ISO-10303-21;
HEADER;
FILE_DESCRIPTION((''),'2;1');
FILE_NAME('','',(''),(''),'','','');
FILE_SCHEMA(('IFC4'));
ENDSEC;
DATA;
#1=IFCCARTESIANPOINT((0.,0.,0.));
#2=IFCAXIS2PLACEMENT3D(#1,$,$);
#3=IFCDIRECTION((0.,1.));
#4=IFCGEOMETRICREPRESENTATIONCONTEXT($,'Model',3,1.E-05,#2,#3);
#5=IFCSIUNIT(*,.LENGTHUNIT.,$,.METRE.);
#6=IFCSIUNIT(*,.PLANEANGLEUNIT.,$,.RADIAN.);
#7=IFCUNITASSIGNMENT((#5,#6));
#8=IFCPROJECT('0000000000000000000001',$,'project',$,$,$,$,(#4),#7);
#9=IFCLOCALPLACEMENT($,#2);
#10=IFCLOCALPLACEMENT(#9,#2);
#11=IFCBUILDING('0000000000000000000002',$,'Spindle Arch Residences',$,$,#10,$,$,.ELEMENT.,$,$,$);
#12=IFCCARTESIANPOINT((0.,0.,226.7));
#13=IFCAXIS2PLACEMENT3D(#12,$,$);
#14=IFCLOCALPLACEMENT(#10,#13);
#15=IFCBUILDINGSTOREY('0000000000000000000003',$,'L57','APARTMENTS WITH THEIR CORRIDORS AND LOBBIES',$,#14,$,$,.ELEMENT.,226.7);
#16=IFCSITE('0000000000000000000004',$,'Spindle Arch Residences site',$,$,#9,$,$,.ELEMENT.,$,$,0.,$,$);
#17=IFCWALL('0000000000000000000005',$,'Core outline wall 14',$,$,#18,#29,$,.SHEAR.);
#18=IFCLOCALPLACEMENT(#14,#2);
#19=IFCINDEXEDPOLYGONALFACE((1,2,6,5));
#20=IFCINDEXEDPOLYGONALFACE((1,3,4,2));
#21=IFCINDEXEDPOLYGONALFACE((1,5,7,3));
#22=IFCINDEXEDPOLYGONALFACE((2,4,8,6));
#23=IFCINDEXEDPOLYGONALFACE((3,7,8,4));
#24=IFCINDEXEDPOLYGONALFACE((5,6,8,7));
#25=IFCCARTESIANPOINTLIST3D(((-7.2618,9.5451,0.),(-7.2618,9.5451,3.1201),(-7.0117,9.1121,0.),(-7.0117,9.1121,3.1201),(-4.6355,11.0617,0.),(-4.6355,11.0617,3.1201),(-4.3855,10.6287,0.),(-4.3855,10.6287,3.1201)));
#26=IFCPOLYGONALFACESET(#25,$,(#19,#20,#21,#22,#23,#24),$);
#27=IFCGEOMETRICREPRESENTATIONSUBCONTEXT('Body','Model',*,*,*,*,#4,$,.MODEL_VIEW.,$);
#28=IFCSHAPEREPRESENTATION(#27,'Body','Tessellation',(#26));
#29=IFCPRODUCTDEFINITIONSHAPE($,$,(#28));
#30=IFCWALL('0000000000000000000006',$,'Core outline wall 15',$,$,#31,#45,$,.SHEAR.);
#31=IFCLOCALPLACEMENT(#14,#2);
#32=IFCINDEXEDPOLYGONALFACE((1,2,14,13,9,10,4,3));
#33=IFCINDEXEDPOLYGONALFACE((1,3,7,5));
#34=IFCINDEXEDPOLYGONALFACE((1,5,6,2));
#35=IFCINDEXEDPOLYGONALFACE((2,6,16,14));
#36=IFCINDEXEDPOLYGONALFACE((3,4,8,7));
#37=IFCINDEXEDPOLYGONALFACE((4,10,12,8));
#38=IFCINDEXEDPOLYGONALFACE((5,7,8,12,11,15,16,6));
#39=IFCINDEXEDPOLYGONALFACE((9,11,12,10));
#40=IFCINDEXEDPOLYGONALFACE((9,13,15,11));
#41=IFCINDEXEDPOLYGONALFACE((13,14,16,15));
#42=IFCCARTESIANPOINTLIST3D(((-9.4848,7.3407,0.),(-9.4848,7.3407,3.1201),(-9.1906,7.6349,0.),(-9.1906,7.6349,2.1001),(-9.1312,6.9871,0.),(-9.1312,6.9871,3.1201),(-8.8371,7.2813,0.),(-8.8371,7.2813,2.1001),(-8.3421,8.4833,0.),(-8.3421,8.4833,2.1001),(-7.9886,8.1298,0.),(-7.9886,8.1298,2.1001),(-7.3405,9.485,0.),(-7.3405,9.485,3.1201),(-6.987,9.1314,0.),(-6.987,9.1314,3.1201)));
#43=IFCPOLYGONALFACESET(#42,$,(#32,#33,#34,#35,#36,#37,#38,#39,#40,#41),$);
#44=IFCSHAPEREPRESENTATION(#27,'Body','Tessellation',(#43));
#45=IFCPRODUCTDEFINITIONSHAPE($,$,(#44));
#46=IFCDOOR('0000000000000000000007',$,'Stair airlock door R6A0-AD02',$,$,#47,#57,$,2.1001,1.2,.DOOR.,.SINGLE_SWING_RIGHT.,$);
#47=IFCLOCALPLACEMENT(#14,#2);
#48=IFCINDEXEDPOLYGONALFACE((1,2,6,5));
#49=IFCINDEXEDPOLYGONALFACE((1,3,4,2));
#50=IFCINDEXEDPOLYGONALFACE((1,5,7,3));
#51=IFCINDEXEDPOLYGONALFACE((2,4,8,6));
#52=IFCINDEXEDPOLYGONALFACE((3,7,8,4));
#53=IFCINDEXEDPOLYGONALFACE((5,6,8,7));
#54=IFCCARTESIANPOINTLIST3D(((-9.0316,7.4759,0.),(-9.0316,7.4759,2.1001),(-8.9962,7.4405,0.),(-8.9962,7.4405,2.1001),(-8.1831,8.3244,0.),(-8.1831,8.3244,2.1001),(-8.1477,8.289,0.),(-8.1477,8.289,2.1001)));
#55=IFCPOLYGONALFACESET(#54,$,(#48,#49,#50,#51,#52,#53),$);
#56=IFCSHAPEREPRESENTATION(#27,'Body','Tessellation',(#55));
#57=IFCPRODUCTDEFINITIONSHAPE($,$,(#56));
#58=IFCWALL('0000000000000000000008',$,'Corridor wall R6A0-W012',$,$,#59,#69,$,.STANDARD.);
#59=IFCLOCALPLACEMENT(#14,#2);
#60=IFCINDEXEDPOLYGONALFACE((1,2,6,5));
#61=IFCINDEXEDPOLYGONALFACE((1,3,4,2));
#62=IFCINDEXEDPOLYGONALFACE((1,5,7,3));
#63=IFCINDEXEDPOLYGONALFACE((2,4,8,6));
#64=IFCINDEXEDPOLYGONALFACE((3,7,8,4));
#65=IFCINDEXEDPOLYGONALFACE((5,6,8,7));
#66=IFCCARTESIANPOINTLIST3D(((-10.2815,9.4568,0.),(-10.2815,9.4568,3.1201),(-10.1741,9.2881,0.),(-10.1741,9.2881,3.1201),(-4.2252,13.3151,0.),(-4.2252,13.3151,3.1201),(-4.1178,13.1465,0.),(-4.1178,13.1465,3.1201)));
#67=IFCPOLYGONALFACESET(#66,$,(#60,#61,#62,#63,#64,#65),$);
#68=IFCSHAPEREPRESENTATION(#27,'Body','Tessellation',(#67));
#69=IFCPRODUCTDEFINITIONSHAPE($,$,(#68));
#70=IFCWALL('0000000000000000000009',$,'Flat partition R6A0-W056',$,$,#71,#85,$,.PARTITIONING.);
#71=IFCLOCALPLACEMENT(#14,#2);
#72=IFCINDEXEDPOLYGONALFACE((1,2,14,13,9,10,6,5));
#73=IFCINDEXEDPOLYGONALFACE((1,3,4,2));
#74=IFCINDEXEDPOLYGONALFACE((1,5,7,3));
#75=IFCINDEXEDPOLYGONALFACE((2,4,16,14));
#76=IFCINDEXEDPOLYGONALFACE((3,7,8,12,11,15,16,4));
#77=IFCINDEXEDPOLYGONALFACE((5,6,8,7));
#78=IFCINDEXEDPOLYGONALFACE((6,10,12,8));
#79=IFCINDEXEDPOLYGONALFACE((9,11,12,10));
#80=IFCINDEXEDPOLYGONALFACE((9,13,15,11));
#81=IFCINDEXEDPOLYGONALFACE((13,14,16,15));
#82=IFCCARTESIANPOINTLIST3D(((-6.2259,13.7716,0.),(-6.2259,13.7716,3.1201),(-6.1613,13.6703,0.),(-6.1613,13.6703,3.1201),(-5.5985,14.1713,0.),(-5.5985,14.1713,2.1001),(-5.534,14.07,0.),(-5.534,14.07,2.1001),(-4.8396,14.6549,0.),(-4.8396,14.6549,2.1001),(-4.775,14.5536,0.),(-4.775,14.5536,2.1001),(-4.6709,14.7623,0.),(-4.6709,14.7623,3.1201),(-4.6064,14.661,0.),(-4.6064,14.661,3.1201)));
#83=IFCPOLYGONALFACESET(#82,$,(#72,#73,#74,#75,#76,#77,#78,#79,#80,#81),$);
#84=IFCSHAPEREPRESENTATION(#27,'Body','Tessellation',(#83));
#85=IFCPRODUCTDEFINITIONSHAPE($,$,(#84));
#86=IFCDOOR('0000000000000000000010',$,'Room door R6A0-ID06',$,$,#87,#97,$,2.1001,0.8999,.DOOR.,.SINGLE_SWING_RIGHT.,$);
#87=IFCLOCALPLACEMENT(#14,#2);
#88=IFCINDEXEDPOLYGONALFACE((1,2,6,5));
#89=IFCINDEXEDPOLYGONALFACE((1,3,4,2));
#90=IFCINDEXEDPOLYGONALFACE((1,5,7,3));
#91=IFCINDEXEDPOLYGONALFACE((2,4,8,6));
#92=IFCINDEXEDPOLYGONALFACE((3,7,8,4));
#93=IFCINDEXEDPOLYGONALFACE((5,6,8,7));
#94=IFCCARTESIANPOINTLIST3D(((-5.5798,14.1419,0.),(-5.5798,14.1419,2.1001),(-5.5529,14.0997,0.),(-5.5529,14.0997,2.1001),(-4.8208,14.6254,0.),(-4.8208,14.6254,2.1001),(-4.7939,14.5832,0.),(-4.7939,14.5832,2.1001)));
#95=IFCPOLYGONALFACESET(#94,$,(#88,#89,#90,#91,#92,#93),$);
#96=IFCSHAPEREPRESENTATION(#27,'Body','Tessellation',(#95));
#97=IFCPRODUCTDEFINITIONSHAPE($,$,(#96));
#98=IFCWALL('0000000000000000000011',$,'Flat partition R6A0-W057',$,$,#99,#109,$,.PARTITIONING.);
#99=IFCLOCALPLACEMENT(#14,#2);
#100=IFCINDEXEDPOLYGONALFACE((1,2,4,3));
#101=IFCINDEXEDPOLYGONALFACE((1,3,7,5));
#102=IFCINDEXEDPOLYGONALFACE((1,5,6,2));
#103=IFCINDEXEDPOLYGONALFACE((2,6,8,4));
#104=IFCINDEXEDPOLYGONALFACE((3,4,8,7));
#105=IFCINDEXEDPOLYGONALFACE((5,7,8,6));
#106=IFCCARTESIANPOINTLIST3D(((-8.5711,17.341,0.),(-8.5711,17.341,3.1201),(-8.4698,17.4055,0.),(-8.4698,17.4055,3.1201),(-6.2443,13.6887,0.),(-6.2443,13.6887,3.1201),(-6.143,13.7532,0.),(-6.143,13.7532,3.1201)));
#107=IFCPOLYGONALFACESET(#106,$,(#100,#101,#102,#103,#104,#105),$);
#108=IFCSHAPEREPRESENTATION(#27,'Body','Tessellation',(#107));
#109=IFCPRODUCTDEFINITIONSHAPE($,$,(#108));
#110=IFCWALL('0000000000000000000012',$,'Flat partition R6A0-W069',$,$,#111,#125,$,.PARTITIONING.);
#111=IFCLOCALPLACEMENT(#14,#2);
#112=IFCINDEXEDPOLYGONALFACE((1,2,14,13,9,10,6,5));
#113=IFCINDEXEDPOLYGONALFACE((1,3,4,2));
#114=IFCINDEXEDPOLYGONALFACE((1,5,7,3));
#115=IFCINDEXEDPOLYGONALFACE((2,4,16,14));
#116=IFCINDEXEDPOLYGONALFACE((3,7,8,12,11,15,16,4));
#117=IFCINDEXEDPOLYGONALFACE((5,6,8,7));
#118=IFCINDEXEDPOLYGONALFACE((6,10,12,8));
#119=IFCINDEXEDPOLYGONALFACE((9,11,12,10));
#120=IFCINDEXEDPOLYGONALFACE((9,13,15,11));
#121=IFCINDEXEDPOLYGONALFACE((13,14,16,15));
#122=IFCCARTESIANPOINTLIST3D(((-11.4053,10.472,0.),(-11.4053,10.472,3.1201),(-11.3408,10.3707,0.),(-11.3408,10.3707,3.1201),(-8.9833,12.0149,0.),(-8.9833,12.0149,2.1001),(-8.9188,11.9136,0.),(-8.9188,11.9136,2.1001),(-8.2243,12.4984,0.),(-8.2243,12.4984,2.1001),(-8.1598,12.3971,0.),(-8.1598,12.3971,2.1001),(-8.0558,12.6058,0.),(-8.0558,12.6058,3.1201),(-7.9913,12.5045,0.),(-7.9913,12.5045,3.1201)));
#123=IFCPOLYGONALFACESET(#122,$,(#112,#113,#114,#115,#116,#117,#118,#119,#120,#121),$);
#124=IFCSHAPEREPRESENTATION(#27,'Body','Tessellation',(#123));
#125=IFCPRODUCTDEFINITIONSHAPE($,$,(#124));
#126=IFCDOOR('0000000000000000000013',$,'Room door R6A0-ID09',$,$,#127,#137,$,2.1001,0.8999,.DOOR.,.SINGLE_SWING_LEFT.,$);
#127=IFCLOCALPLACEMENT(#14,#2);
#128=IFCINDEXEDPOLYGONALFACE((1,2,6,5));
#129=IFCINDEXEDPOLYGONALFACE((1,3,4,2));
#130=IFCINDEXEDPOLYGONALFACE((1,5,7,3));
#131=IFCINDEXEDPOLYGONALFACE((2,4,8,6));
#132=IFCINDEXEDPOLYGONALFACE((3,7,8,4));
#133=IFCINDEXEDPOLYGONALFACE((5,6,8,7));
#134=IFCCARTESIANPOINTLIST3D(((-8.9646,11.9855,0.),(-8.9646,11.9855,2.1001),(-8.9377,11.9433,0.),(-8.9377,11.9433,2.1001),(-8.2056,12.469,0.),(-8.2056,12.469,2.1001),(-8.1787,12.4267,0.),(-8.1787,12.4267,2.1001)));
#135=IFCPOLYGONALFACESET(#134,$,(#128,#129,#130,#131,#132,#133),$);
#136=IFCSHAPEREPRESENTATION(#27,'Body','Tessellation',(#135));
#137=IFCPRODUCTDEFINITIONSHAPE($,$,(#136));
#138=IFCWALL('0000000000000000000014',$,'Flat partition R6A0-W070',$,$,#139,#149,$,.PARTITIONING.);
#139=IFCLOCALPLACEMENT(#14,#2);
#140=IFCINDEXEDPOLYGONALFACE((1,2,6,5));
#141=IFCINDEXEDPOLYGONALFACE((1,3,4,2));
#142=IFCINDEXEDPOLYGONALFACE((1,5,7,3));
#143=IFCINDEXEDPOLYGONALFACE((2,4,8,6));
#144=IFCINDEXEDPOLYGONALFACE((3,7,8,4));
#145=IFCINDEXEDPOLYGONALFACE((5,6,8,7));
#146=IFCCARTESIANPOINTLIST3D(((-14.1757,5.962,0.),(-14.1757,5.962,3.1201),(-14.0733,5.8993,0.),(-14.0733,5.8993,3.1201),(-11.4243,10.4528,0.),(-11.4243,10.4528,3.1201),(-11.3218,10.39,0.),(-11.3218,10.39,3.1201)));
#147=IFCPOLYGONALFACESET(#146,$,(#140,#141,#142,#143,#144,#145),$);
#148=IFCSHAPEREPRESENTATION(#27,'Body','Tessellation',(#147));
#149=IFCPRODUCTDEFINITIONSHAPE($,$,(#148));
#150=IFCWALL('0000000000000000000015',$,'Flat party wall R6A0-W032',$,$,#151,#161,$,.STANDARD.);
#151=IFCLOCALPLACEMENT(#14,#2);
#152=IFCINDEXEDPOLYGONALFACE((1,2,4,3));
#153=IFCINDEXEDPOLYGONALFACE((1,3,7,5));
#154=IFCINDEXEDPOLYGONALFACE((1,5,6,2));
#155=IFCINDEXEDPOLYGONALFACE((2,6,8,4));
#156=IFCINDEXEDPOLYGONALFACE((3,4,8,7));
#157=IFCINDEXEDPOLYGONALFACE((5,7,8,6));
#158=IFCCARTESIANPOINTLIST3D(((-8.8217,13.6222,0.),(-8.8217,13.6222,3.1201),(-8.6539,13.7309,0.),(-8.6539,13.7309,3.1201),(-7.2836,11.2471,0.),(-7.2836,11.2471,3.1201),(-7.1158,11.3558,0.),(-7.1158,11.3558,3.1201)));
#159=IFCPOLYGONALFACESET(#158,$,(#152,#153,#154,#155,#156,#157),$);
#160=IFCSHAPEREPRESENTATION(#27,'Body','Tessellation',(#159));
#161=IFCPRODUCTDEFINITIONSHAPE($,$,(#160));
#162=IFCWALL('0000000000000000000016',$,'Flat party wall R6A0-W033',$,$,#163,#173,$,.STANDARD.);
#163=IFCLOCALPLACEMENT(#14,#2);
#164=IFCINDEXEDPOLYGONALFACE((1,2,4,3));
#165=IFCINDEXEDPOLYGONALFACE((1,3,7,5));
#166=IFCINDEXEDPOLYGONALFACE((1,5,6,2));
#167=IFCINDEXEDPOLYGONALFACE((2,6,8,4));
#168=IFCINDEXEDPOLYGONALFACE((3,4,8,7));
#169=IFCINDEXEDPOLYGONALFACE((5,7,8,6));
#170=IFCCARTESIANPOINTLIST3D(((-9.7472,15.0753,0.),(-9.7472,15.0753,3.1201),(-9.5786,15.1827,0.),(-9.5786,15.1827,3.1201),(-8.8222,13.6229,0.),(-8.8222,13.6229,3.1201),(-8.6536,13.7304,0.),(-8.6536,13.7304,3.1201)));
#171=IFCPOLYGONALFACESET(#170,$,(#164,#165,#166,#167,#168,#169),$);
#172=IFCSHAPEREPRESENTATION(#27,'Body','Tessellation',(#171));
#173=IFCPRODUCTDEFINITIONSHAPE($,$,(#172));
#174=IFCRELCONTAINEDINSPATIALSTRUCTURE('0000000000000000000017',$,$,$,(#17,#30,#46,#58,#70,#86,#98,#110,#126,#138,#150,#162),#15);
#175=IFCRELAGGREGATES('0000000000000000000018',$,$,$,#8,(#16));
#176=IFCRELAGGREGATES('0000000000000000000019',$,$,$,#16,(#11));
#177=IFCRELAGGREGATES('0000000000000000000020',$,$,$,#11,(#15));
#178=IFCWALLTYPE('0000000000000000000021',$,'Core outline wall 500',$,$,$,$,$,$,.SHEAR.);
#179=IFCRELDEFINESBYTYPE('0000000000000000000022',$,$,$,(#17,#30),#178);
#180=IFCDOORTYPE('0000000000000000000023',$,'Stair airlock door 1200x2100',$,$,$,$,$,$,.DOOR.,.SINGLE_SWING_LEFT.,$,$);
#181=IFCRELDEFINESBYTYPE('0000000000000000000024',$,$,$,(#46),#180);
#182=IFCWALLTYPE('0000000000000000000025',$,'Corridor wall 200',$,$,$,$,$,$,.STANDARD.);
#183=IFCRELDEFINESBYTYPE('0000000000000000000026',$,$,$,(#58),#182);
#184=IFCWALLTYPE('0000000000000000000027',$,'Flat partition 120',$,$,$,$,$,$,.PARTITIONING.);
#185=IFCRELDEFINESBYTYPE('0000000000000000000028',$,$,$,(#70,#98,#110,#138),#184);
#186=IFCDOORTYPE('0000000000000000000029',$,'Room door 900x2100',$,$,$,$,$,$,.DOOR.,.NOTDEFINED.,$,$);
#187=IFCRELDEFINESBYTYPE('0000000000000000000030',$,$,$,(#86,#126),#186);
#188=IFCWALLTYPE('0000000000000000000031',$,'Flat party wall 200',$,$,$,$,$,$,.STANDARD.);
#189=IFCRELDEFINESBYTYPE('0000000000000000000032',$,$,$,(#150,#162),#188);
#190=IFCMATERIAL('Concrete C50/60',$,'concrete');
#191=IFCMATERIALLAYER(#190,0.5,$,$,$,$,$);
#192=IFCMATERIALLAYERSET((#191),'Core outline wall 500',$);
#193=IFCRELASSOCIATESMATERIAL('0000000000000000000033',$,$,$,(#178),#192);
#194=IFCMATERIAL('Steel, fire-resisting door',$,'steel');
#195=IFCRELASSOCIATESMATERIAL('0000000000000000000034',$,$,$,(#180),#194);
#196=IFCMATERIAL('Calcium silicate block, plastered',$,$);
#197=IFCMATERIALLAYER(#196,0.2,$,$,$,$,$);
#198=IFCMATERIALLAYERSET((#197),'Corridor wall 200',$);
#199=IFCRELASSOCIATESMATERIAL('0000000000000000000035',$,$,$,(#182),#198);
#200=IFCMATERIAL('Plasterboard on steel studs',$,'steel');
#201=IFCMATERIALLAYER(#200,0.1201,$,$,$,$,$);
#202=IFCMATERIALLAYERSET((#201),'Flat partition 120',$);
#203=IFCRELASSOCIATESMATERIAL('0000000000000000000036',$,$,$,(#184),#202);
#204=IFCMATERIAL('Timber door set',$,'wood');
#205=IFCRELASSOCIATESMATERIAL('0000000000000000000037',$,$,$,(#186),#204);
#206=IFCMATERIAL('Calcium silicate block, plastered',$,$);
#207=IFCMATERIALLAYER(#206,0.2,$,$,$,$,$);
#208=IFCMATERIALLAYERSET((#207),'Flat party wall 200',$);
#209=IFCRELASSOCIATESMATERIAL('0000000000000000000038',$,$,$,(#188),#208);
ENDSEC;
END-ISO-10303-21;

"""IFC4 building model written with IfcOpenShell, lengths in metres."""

from ifc_helpers import new_model, si_unit, direction, frame, frame_2d, origin, place, context, subcontext, project, spatial, rectangle, extrude, material, layer, layer_set, type_object, element, fill, save


model = new_model("IFC4")

# Units and contexts
model_context = context("Model", 3, precision=1e-05, world=origin(), true_north=direction((0.0, 1.0)))
body_context = subcontext(model_context, "Body", "Model", "MODEL_VIEW")
ifc_project = project(units=[si_unit("LENGTHUNIT", "METRE"), si_unit("PLANEANGLEUNIT", "RADIAN")], contexts=[model_context])

# Site, building, storey
site_placement = place(None, origin())
site = spatial("IfcSite", under=ifc_project, at=site_placement, Name="Spindle Arch Residences site", CompositionType="ELEMENT", RefElevation=0.0)
building_placement = place(site_placement, origin())
building = spatial("IfcBuilding", under=site, at=building_placement, Name="Spindle Arch Residences", CompositionType="ELEMENT")
storey_placement = place(building_placement, frame((0.0, 0.0, 226.7)))
storey = spatial("IfcBuildingStorey", under=building, at=storey_placement, Name="L57", Description="APARTMENTS WITH THEIR CORRIDORS AND LOBBIES", CompositionType="ELEMENT", Elevation=226.7)

# Wall
ifc_material_1 = material(Name="Concrete C50/60", Category="concrete")
ifc_layer_1 = layer(ifc_material_1, 0.5)
ifc_layer_set_1 = layer_set([ifc_layer_1], Name="Core outline wall 500")
wall_type_1 = type_object("IfcWallType", Name="Core outline wall 500", PredefinedType="SHEAR", material=ifc_layer_set_1)
wall_1_placement = place(storey_placement, frame((-4.5105, 10.8452, 0.0), z_axis=(0.0, 0.0, 1.0), x_axis=(-0.865975, -0.500087, 0.0)))
element("IfcWall", 1, at=wall_1_placement, inside=storey, type_object=wall_type_1, Name="Core outline wall 14", PredefinedType="SHEAR", context=body_context, shape_type="SweptSolid", body=[
    extrude(rectangle(XDim=3.0327, YDim=0.5, at=frame_2d((1.5164, 0.0))), origin(), (0.0, 0.0, 1.0), 3.1201),
])

# Wall, opening, door
wall_2_placement = place(storey_placement, frame((-7.1638, 9.3081, 0.0), z_axis=(0.0, 0.0, 1.0), x_axis=(-0.707107, -0.707107, 0.0)))
wall_2 = element("IfcWall", 2, at=wall_2_placement, inside=storey, type_object=wall_type_1, Name="Core outline wall 15", PredefinedType="SHEAR", context=body_context, shape_type="SweptSolid", body=[
    extrude(rectangle(XDim=3.0325, YDim=0.5, at=frame_2d((1.5161, 0.0))), origin(), (0.0, 0.0, 1.0), 3.1201),
])
opening_1_placement = place(wall_2_placement, frame((1.4163, 0.0, 0.0)))
opening_1 = element("IfcOpeningElement", 3, at=opening_1_placement, cuts=wall_2, PredefinedType="OPENING", context=body_context, shape_type="SweptSolid", body=[
    extrude(rectangle(XDim=1.2, YDim=2.1001, at=frame_2d((0.6001, 1.05))), frame((0.0, 0.26, 0.0), z_axis=(0.0, -1.0, 0.0), x_axis=(1.0, 0.0, 0.0)), (0.0, 0.0, 1.0), 0.52),
])
ifc_material_2 = material(Name="Steel, fire-resisting door", Category="steel")
door_type_1 = type_object("IfcDoorType", Name="Stair airlock door 1200x2100", OperationType="SINGLE_SWING_LEFT", PredefinedType="DOOR", material=ifc_material_2)
door_1_placement = place(opening_1_placement, origin())
door_1 = element("IfcDoor", 4, at=door_1_placement, inside=storey, type_object=door_type_1, Name="Stair airlock door R6A0-AD02", OperationType="SINGLE_SWING_RIGHT", OverallHeight=2.1001, OverallWidth=1.2, PredefinedType="DOOR", context=body_context, shape_type="SweptSolid", body=[
    extrude(rectangle(XDim=1.2, YDim=2.1001, at=frame_2d((0.6001, 1.05))), frame((0.0, 0.0249, 0.0), z_axis=(0.0, -1.0, 0.0), x_axis=(1.0, 0.0, 0.0)), (0.0, 0.0, 1.0), 0.05),
])
fill(opening_1, door_1)

# Wall
ifc_material_3 = material(Name="Calcium silicate block, plastered")
ifc_layer_2 = layer(ifc_material_3, 0.2)
ifc_layer_set_2 = layer_set([ifc_layer_2], Name="Corridor wall 200")
wall_type_2 = type_object("IfcWallType", Name="Corridor wall 200", PredefinedType="STANDARD", material=ifc_layer_set_2)
wall_3_placement = place(storey_placement, frame((-4.1716, 13.2307, 0.0), z_axis=(0.0, 0.0, 1.0), x_axis=(-0.843388, -0.537304, 0.0)))
element("IfcWall", 5, at=wall_3_placement, inside=storey, type_object=wall_type_2, Name="Corridor wall R6A0-W012", PredefinedType="STANDARD", context=body_context, shape_type="SweptSolid", body=[
    extrude(rectangle(XDim=7.1809, YDim=0.2, at=frame_2d((3.5903, 0.0))), origin(), (0.0, 0.0, 1.0), 3.1201),
])

# Wall, opening, door
ifc_material_4 = material(Name="Plasterboard on steel studs", Category="steel")
ifc_layer_3 = layer(ifc_material_4, 0.1201)
ifc_layer_set_3 = layer_set([ifc_layer_3], Name="Flat partition 120")
wall_type_3 = type_object("IfcWallType", Name="Flat partition 120", PredefinedType="PARTITIONING", material=ifc_layer_set_3)
wall_4_placement = place(storey_placement, frame((-4.6387, 14.7117, 0.0), z_axis=(0.0, 0.0, 1.0), x_axis=(-0.843361, -0.537347, 0.0)))
wall_4 = element("IfcWall", 6, at=wall_4_placement, inside=storey, type_object=wall_type_3, Name="Flat partition R6A0-W056", PredefinedType="PARTITIONING", context=body_context, shape_type="SweptSolid", body=[
    extrude(rectangle(XDim=1.8438, YDim=0.1201, at=frame_2d((0.9219, 0.0))), origin(), (0.0, 0.0, 1.0), 3.1201),
])
opening_2_placement = place(wall_4_placement, frame((0.2, 0.0, 0.0)))
opening_2 = element("IfcOpeningElement", 7, at=opening_2_placement, cuts=wall_4, PredefinedType="OPENING", context=body_context, shape_type="SweptSolid", body=[
    extrude(rectangle(XDim=0.8999, YDim=2.1001, at=frame_2d((0.45, 1.05))), frame((0.0, 0.0701, 0.0), z_axis=(0.0, -1.0, 0.0), x_axis=(1.0, 0.0, 0.0)), (0.0, 0.0, 1.0), 0.1401),
])
ifc_material_5 = material(Name="Timber door set", Category="wood")
door_type_2 = type_object("IfcDoorType", Name="Room door 900x2100", OperationType="NOTDEFINED", PredefinedType="DOOR", material=ifc_material_5)
door_2_placement = place(opening_2_placement, origin())
door_2 = element("IfcDoor", 8, at=door_2_placement, inside=storey, type_object=door_type_2, Name="Room door R6A0-ID06", OperationType="SINGLE_SWING_RIGHT", OverallHeight=2.1001, OverallWidth=0.8999, PredefinedType="DOOR", context=body_context, shape_type="SweptSolid", body=[
    extrude(rectangle(XDim=0.8999, YDim=2.1001, at=frame_2d((0.45, 1.05))), frame((0.0, 0.0249, 0.0), z_axis=(0.0, -1.0, 0.0), x_axis=(1.0, 0.0, 0.0)), (0.0, 0.0, 1.0), 0.05),
])
fill(opening_2, door_2)

# Wall
wall_5_placement = place(storey_placement, frame((-6.1936, 13.7209, 0.0), z_axis=(0.0, 0.0, 1.0), x_axis=(-0.537317, 0.84338, 0.0)))
element("IfcWall", 9, at=wall_5_placement, inside=storey, type_object=wall_type_3, Name="Flat partition R6A0-W057", PredefinedType="PARTITIONING", context=body_context, shape_type="SweptSolid", body=[
    extrude(rectangle(XDim=4.3306, YDim=0.1201, at=frame_2d((2.1653, 0.0))), origin(), (0.0, 0.0, 1.0), 3.1201),
])

# Wall, opening, door
wall_6_placement = place(storey_placement, frame((-8.0234, 12.5552, 0.0), z_axis=(0.0, 0.0, 1.0), x_axis=(-0.843408, -0.537273, 0.0)))
wall_6 = element("IfcWall", 10, at=wall_6_placement, inside=storey, type_object=wall_type_3, Name="Flat partition R6A0-W069", PredefinedType="PARTITIONING", context=body_context, shape_type="SweptSolid", body=[
    extrude(rectangle(XDim=3.9714, YDim=0.1201, at=frame_2d((1.9858, 0.0))), origin(), (0.0, 0.0, 1.0), 3.1201),
])
opening_3_placement = place(wall_6_placement, frame((0.2, 0.0, 0.0)))
opening_3 = element("IfcOpeningElement", 11, at=opening_3_placement, cuts=wall_6, PredefinedType="OPENING", context=body_context, shape_type="SweptSolid", body=[
    extrude(rectangle(XDim=0.8999, YDim=2.1001, at=frame_2d((0.45, 1.05))), frame((0.0, 0.0701, 0.0), z_axis=(0.0, -1.0, 0.0), x_axis=(1.0, 0.0, 0.0)), (0.0, 0.0, 1.0), 0.1401),
])
door_3_placement = place(opening_3_placement, origin())
door_3 = element("IfcDoor", 12, at=door_3_placement, inside=storey, type_object=door_type_2, Name="Room door R6A0-ID09", OperationType="SINGLE_SWING_LEFT", OverallHeight=2.1001, OverallWidth=0.8999, PredefinedType="DOOR", context=body_context, shape_type="SweptSolid", body=[
    extrude(rectangle(XDim=0.8999, YDim=2.1001, at=frame_2d((0.45, 1.05))), frame((0.0, 0.0249, 0.0), z_axis=(0.0, -1.0, 0.0), x_axis=(1.0, 0.0, 0.0)), (0.0, 0.0, 1.0), 0.05),
])
fill(opening_3, door_3)

# Walls
wall_7_placement = place(storey_placement, frame((-11.373, 10.4214, 0.0), z_axis=(0.0, 0.0, 1.0), x_axis=(-0.522436, -0.852679, 0.0)))
element("IfcWall", 13, at=wall_7_placement, inside=storey, type_object=wall_type_3, Name="Flat partition R6A0-W070", PredefinedType="PARTITIONING", context=body_context, shape_type="SweptSolid", body=[
    extrude(rectangle(XDim=5.2666, YDim=0.1201, at=frame_2d((2.6333, 0.0))), origin(), (0.0, 0.0, 1.0), 3.1201),
])
ifc_material_6 = material(Name="Calcium silicate block, plastered")
ifc_layer_4 = layer(ifc_material_6, 0.2)
ifc_layer_set_4 = layer_set([ifc_layer_4], Name="Flat party wall 200")
wall_type_4 = type_object("IfcWallType", Name="Flat party wall 200", PredefinedType="STANDARD", material=ifc_layer_set_4)
wall_8_placement = place(storey_placement, frame((-8.7378, 13.6765, 0.0), z_axis=(0.0, 0.0, 1.0), x_axis=(0.54358, -0.839357, 0.0)))
element("IfcWall", 14, at=wall_8_placement, inside=storey, type_object=wall_type_4, Name="Flat party wall R6A0-W032", PredefinedType="STANDARD", context=body_context, shape_type="SweptSolid", body=[
    extrude(rectangle(XDim=2.8296, YDim=0.2, at=frame_2d((1.4148, 0.0))), origin(), (0.0, 0.0, 1.0), 3.1201),
])
wall_9_placement = place(storey_placement, frame((-9.6628, 15.1289, 0.0), z_axis=(0.0, 0.0, 1.0), x_axis=(0.537206, -0.843451, 0.0)))
element("IfcWall", 15, at=wall_9_placement, inside=storey, type_object=wall_type_4, Name="Flat party wall R6A0-W033", PredefinedType="STANDARD", context=body_context, shape_type="SweptSolid", body=[
    extrude(rectangle(XDim=1.7219, YDim=0.2, at=frame_2d((0.8608, 0.0))), origin(), (0.0, 0.0, 1.0), 3.1201),
])

save(model, "model.ifc")
